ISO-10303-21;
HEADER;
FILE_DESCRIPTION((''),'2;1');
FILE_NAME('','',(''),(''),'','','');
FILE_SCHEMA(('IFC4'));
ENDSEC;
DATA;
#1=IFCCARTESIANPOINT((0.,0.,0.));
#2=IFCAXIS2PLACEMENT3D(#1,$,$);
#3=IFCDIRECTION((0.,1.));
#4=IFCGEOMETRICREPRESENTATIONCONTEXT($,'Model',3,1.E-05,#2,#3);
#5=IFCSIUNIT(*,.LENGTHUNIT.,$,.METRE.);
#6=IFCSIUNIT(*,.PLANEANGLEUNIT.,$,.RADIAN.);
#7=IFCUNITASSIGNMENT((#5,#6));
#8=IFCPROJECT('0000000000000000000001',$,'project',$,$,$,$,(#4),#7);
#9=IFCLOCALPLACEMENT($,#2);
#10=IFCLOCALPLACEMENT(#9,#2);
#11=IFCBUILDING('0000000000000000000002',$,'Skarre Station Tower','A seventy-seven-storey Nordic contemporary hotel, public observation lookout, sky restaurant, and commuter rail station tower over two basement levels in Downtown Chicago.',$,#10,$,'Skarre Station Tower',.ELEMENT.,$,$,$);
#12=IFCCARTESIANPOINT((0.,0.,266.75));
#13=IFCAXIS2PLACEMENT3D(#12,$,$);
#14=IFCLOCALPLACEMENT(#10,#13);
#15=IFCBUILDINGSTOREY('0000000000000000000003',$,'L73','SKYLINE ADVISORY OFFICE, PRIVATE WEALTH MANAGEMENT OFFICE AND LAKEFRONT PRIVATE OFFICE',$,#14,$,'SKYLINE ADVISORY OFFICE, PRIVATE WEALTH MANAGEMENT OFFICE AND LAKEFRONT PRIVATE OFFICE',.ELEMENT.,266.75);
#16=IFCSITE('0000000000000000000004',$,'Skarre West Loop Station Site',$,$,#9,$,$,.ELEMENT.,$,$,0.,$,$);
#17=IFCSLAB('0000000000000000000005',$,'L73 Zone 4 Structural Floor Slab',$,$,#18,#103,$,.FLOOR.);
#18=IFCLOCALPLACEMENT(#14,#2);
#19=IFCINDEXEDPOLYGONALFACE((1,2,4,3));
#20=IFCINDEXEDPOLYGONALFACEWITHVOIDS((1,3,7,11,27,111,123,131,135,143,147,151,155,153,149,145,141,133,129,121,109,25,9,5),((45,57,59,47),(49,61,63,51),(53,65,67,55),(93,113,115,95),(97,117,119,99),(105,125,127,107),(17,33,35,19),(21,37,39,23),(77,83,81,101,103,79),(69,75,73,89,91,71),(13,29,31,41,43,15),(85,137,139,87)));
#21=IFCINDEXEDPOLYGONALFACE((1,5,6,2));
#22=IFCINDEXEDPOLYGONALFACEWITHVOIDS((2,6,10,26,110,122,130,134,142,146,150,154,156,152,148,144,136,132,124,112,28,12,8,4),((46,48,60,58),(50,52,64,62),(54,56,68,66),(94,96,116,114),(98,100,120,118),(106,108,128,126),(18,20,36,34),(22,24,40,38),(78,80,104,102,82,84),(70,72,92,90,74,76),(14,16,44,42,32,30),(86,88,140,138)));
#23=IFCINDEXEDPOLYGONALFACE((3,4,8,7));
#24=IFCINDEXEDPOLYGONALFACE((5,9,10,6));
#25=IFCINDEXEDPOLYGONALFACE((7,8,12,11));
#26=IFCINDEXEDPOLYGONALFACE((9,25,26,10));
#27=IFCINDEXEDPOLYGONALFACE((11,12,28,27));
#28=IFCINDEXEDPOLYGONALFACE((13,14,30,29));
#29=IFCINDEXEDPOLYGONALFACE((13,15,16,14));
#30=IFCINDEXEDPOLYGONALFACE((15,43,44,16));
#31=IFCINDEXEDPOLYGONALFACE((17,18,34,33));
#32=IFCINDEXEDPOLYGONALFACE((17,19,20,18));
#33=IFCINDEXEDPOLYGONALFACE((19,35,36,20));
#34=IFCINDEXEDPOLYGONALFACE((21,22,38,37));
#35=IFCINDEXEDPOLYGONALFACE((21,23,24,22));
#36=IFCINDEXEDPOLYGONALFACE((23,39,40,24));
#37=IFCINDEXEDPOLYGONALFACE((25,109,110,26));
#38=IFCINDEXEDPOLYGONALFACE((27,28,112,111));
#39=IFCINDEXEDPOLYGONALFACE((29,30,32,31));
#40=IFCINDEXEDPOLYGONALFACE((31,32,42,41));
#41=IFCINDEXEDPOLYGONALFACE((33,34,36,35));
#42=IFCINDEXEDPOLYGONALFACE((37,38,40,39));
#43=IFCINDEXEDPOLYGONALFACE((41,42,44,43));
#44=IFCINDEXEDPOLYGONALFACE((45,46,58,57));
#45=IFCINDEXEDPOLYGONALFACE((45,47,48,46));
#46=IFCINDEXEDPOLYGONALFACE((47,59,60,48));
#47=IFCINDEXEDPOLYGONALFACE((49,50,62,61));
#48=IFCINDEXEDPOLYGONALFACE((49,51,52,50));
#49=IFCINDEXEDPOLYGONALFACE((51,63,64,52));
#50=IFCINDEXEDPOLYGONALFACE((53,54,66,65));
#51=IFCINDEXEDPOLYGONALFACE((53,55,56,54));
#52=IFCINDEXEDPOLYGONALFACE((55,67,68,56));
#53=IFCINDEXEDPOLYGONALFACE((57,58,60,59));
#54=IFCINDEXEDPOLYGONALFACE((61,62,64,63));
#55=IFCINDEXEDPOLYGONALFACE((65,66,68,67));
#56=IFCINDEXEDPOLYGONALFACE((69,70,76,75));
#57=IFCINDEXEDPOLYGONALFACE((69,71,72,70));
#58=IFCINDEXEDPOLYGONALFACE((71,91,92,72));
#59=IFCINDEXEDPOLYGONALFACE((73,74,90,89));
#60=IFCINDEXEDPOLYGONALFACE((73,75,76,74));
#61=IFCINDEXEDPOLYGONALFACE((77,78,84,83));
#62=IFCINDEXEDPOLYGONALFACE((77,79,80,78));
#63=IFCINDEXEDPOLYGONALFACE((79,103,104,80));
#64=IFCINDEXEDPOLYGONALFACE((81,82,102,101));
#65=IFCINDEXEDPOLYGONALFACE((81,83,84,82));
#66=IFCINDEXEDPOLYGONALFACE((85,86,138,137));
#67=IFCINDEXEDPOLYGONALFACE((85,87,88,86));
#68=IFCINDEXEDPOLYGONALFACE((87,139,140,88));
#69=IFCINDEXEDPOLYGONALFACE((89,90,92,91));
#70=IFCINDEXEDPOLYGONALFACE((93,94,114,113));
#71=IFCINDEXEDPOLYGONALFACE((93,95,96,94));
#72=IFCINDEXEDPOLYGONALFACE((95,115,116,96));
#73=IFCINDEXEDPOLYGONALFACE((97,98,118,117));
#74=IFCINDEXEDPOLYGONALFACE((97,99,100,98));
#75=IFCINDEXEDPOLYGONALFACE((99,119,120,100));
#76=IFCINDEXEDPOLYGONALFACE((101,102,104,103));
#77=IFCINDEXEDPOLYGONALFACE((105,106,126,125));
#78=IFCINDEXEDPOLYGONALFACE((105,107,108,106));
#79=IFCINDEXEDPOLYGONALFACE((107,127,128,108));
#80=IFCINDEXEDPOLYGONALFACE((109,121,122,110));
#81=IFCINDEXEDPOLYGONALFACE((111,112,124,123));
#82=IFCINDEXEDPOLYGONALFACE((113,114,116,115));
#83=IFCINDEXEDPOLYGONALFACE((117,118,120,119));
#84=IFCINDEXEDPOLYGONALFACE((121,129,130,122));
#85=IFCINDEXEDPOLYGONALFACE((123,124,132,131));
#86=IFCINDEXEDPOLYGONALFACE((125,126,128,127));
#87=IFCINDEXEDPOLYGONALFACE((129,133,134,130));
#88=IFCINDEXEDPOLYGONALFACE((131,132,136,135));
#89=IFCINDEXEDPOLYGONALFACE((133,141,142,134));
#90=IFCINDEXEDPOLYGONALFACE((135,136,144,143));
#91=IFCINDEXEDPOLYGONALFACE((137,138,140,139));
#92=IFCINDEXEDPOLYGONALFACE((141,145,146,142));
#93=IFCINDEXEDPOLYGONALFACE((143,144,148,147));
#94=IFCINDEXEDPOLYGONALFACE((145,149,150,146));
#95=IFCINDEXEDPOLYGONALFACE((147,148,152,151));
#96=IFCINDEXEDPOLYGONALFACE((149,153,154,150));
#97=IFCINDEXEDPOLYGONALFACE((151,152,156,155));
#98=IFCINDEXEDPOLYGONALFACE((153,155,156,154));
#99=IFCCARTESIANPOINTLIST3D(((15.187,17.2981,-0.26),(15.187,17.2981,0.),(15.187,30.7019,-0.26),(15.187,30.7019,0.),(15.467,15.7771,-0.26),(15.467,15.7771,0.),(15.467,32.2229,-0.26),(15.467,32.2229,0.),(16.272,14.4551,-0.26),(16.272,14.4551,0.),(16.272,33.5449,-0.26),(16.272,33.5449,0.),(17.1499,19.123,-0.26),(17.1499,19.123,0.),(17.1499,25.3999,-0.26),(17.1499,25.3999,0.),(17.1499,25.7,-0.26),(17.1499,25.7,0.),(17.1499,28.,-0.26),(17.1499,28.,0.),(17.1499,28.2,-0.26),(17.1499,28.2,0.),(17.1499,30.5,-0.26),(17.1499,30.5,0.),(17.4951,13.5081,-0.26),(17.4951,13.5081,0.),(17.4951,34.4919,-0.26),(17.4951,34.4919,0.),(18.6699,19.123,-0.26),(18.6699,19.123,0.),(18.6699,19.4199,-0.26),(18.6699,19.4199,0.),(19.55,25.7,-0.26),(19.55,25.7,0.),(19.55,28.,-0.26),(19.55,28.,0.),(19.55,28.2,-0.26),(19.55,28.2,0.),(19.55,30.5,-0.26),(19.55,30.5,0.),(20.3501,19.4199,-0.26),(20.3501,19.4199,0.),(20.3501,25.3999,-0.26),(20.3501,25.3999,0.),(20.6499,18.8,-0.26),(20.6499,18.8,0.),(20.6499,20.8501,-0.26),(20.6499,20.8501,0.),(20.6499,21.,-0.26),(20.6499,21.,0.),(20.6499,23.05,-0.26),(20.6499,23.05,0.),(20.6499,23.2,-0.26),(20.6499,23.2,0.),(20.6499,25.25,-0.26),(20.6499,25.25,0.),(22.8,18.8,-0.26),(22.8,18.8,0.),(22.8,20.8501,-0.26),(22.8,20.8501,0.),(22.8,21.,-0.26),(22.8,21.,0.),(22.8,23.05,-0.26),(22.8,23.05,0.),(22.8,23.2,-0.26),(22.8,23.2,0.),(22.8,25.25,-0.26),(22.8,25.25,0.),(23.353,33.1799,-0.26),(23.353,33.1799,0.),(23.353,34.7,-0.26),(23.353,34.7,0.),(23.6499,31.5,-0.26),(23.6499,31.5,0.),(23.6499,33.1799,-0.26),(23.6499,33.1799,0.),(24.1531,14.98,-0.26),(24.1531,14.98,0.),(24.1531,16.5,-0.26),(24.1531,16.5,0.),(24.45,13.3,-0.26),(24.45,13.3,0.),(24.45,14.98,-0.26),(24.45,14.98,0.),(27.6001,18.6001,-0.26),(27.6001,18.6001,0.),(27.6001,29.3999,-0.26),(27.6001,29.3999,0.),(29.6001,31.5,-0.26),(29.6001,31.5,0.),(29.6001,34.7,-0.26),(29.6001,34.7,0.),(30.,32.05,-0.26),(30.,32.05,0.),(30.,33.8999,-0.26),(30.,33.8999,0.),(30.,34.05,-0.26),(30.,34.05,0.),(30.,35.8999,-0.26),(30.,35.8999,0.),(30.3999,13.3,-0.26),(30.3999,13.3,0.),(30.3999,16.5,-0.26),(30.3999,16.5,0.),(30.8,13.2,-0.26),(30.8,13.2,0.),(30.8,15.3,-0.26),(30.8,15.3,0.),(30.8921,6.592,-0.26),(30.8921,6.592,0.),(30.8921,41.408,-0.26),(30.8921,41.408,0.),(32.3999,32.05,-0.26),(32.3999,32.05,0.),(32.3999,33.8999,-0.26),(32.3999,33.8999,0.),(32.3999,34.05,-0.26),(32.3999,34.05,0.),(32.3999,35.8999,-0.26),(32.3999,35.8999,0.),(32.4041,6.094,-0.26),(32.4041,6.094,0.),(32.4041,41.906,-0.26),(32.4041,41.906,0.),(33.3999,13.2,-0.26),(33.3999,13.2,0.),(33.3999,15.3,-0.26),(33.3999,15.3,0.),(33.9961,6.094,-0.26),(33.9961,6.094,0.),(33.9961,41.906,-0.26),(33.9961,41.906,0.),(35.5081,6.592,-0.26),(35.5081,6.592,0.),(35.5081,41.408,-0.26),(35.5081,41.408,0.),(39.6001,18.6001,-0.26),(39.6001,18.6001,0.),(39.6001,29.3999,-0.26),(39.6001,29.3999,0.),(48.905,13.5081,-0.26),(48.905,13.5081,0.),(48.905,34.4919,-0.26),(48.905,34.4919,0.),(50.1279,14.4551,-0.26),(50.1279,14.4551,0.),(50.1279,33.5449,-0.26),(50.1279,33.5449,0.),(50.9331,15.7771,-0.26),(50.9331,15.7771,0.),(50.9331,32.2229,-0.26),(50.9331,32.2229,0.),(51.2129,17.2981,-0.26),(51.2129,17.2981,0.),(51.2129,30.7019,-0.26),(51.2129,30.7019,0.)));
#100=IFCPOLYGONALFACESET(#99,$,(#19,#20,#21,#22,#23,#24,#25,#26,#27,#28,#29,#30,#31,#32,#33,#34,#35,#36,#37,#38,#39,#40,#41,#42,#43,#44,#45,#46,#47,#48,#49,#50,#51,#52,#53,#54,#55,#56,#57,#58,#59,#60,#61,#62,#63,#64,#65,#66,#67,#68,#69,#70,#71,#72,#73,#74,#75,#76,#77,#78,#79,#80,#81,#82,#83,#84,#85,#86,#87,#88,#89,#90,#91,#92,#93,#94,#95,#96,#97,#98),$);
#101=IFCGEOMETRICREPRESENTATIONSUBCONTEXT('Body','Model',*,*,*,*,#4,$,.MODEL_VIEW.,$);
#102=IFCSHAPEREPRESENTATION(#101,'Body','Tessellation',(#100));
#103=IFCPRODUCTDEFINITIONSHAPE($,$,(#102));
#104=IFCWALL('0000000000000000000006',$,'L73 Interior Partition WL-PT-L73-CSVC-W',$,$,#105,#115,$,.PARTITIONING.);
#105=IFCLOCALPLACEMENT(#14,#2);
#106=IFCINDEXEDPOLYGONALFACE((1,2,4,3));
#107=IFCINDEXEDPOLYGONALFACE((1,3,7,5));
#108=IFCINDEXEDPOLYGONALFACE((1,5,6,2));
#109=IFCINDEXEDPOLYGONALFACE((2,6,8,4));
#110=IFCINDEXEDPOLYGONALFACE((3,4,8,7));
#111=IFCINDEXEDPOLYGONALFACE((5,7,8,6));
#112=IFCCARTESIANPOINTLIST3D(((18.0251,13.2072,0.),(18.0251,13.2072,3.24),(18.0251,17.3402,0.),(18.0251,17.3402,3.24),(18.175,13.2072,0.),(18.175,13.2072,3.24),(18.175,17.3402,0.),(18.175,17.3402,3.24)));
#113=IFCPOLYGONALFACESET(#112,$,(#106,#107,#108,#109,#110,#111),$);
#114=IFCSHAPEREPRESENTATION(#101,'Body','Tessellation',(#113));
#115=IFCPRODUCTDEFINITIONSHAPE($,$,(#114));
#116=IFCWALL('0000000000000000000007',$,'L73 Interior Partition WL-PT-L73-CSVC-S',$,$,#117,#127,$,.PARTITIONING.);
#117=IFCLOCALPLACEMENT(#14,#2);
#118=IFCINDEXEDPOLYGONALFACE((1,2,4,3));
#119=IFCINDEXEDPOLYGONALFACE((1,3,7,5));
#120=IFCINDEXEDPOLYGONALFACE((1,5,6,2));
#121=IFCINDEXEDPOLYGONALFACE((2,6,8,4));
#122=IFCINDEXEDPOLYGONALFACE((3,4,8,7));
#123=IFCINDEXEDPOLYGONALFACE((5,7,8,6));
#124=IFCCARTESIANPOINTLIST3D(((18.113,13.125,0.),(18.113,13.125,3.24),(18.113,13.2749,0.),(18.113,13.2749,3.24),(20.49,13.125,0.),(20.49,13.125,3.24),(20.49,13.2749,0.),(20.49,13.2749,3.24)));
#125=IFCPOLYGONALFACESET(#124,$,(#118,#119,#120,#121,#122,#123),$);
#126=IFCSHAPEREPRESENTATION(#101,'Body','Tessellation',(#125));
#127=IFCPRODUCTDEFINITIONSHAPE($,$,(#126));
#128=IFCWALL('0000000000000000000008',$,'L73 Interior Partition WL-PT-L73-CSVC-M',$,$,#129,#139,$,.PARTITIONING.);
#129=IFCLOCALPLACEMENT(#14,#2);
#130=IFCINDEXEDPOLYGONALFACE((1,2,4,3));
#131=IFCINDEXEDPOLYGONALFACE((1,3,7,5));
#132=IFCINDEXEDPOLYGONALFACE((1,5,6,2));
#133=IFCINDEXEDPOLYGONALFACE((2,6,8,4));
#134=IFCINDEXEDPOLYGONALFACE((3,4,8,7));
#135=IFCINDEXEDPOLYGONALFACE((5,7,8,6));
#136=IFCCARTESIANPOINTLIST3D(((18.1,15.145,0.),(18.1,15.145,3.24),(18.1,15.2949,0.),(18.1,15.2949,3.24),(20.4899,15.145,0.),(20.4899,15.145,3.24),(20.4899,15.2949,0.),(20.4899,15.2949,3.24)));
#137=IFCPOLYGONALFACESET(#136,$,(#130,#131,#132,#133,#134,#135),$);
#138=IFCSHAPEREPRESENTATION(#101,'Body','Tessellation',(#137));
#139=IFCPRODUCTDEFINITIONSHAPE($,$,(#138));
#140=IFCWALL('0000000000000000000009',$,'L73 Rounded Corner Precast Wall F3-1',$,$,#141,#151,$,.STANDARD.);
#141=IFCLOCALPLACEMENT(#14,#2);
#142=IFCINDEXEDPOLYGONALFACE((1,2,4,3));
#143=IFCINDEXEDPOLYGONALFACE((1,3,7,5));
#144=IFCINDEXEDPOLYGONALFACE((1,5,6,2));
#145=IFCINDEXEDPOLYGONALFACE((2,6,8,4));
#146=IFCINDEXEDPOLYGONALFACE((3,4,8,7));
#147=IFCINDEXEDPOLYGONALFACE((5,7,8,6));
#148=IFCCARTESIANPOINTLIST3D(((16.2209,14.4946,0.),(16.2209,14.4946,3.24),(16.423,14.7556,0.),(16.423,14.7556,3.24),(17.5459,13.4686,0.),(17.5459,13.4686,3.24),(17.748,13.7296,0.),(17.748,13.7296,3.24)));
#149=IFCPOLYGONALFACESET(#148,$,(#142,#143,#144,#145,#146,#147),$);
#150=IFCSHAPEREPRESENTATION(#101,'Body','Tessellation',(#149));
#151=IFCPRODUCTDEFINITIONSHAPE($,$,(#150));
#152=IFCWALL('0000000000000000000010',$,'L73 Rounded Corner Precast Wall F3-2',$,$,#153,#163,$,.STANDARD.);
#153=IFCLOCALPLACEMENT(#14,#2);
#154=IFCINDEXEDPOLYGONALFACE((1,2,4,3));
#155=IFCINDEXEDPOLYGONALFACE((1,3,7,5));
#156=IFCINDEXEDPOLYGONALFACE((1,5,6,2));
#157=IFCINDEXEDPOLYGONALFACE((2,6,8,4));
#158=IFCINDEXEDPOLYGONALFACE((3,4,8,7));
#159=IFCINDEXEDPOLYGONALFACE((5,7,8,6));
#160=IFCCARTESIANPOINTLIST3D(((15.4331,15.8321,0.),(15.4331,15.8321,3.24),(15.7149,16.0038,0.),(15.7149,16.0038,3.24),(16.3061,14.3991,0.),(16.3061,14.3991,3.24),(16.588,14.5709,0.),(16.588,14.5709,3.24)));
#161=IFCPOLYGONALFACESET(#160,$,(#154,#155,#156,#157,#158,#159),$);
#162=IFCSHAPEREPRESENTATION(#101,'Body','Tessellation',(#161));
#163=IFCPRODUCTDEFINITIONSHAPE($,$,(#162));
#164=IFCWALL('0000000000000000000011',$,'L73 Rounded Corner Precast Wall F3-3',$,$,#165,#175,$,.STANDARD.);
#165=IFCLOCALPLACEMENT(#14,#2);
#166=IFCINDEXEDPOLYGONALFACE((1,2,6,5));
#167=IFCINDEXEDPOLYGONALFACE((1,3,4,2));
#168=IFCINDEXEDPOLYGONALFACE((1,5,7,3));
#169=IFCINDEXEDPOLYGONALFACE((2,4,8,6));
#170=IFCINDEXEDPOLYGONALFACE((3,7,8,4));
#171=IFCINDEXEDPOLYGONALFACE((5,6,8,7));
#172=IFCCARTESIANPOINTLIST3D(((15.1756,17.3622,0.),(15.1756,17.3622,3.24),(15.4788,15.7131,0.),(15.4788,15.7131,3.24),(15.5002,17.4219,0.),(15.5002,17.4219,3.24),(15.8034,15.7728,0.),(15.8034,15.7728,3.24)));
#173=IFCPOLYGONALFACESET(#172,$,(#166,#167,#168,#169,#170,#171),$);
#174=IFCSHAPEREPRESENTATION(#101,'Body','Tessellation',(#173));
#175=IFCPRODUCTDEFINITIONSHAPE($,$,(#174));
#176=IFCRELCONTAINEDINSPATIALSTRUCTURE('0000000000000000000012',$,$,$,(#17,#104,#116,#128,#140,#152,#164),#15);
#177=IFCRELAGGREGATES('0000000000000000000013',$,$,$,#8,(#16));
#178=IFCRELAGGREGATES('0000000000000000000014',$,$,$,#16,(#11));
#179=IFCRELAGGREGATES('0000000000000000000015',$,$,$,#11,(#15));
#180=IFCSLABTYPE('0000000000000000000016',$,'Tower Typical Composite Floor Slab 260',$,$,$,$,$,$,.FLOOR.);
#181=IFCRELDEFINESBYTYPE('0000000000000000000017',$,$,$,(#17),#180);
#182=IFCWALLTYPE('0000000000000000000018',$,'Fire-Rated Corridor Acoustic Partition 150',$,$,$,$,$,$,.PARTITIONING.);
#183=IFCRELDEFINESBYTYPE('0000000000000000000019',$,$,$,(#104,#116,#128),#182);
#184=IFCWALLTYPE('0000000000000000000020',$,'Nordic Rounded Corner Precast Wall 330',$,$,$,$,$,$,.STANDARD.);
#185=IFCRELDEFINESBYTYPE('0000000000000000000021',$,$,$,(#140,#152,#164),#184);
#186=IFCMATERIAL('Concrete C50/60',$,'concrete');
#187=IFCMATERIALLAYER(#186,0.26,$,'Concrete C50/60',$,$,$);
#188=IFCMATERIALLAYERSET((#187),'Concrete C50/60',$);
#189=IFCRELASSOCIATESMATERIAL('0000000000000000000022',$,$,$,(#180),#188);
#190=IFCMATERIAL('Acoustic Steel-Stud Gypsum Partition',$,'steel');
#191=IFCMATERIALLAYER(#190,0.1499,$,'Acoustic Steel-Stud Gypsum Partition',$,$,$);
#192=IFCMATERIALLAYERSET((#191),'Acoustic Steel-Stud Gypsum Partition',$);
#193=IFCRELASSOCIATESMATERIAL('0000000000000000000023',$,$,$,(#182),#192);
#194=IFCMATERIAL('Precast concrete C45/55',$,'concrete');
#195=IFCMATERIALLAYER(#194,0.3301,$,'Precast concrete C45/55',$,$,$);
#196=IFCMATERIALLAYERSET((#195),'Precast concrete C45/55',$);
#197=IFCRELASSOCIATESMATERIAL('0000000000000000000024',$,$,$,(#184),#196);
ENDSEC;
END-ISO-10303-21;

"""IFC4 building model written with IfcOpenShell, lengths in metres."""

from ifc_helpers import new_model, si_unit, direction, frame, frame_2d, origin, place, context, subcontext, project, spatial, polyline, rectangle, outline, extrude, material, layer, layer_set, type_object, element, save


model = new_model("IFC4")

# Units and contexts
model_context = context("Model", 3, precision=1e-05, world=origin(), true_north=direction((0.0, 1.0)))
body_context = subcontext(model_context, "Body", "Model", "MODEL_VIEW")
ifc_project = project(units=[si_unit("LENGTHUNIT", "METRE"), si_unit("PLANEANGLEUNIT", "RADIAN")], contexts=[model_context])

# Site, building, storey
site_placement = place(None, origin())
site = spatial("IfcSite", under=ifc_project, at=site_placement, Name="Skarre West Loop Station Site", CompositionType="ELEMENT", RefElevation=0.0)
building_placement = place(site_placement, origin())
building = spatial("IfcBuilding", under=site, at=building_placement, Name="Skarre Station Tower", Description="A seventy-seven-storey Nordic contemporary hotel, public observation lookout, sky restaurant, and commuter rail station tower over two basement levels in Downtown Chicago.", LongName="Skarre Station Tower", CompositionType="ELEMENT")
storey_placement = place(building_placement, frame((0.0, 0.0, 266.75)))
storey = spatial("IfcBuildingStorey", under=building, at=storey_placement, Name="L73", Description="SKYLINE ADVISORY OFFICE, PRIVATE WEALTH MANAGEMENT OFFICE AND LAKEFRONT PRIVATE OFFICE", LongName="SKYLINE ADVISORY OFFICE, PRIVATE WEALTH MANAGEMENT OFFICE AND LAKEFRONT PRIVATE OFFICE", CompositionType="ELEMENT", Elevation=266.75)

# Shared definitions
ifc_material_1 = material(Name="Concrete C50/60", Category="concrete")

# Slab
ifc_layer_1 = layer(ifc_material_1, 0.26, Name="Concrete C50/60")
ifc_layer_set_1 = layer_set([ifc_layer_1], Name="Concrete C50/60")
slab_type_1 = type_object("IfcSlabType", Name="Tower Typical Composite Floor Slab 260", PredefinedType="FLOOR", material=ifc_layer_set_1)
slab_1_placement = place(storey_placement, frame((0.0, 0.0, -0.26)))
element("IfcSlab", 1, at=slab_1_placement, inside=storey, type_object=slab_type_1, Name="L73 Zone 4 Structural Floor Slab", PredefinedType="FLOOR", context=body_context, shape_type="SweptSolid", body=[
    extrude(outline(polyline([(51.2129, 30.7019), (50.9331, 32.2229), (50.1279, 33.5449), (48.905, 34.4919), (35.5081, 41.408), (33.9961, 41.906), (32.4041, 41.906), (30.8921, 41.408), (17.4951, 34.4919), (16.272, 33.5449), (15.467, 32.2229), (15.187, 30.7019), (15.187, 17.2981), (15.467, 15.7771), (16.272, 14.4551), (17.4951, 13.5081), (30.8921, 6.592), (32.4041, 6.094), (33.9961, 6.094), (35.5081, 6.592), (48.905, 13.5081), (50.1279, 14.4551), (50.9331, 15.7771), (51.2129, 17.2981), (51.2129, 30.7019)]), holes=[polyline([(18.6699, 19.4199), (18.6699, 19.123), (17.1499, 19.123), (17.1499, 25.3999), (20.3501, 25.3999), (20.3501, 19.4199), (18.6699, 19.4199)]), polyline([(24.45, 14.98), (24.1531, 14.98), (24.1531, 16.5), (30.3999, 16.5), (30.3999, 13.3), (24.45, 13.3), (24.45, 14.98)]), polyline([(23.6499, 33.1799), (23.353, 33.1799), (23.353, 34.7), (29.6001, 34.7), (29.6001, 31.5), (23.6499, 31.5), (23.6499, 33.1799)]), polyline([(17.1499, 28.0), (19.55, 28.0), (19.55, 25.7), (17.1499, 25.7), (17.1499, 28.0)]), polyline([(17.1499, 30.5), (19.55, 30.5), (19.55, 28.2), (17.1499, 28.2), (17.1499, 30.5)]), polyline([(30.8, 15.3), (33.3999, 15.3), (33.3999, 13.2), (30.8, 13.2), (30.8, 15.3)]), polyline([(20.6499, 20.8501), (22.8, 20.8501), (22.8, 18.8), (20.6499, 18.8), (20.6499, 20.8501)]), polyline([(20.6499, 23.05), (22.8, 23.05), (22.8, 21.0), (20.6499, 21.0), (20.6499, 23.05)]), polyline([(20.6499, 25.25), (22.8, 25.25), (22.8, 23.2), (20.6499, 23.2), (20.6499, 25.25)]), polyline([(30.0, 33.8999), (32.3999, 33.8999), (32.3999, 32.05), (30.0, 32.05), (30.0, 33.8999)]), polyline([(30.0, 35.8999), (32.3999, 35.8999), (32.3999, 34.05), (30.0, 34.05), (30.0, 35.8999)]), polyline([(27.6001, 29.3999), (39.6001, 29.3999), (39.6001, 18.6001), (27.6001, 18.6001), (27.6001, 29.3999)])]), origin(), (0.0, 0.0, 1.0), 0.26),
])

# Walls
ifc_material_2 = material(Name="Acoustic Steel-Stud Gypsum Partition", Category="steel")
ifc_layer_2 = layer(ifc_material_2, 0.1499, Name="Acoustic Steel-Stud Gypsum Partition")
ifc_layer_set_2 = layer_set([ifc_layer_2], Name="Acoustic Steel-Stud Gypsum Partition")
wall_type_1 = type_object("IfcWallType", Name="Fire-Rated Corridor Acoustic Partition 150", PredefinedType="PARTITIONING", material=ifc_layer_set_2)
wall_1_placement = place(storey_placement, frame((18.1001, 17.3401, 0.0), z_axis=(0.0, 0.0, 1.0), x_axis=(0.0, -1.0, 0.0)))
element("IfcWall", 2, at=wall_1_placement, inside=storey, type_object=wall_type_1, Name="L73 Interior Partition WL-PT-L73-CSVC-W", PredefinedType="PARTITIONING", context=body_context, shape_type="SweptSolid", body=[
    extrude(rectangle(XDim=4.1331, YDim=0.1499, at=frame_2d((2.0664, 0.0))), origin(), (0.0, 0.0, 1.0), 3.24),
])
wall_2_placement = place(storey_placement, frame((18.113, 13.2, 0.0), z_axis=(0.0, 0.0, 1.0), x_axis=(1.0, 0.0, 0.0)))
element("IfcWall", 3, at=wall_2_placement, inside=storey, type_object=wall_type_1, Name="L73 Interior Partition WL-PT-L73-CSVC-S", PredefinedType="PARTITIONING", context=body_context, shape_type="SweptSolid", body=[
    extrude(rectangle(XDim=2.377, YDim=0.1499, at=frame_2d((1.1885, 0.0))), origin(), (0.0, 0.0, 1.0), 3.24),
])
wall_3_placement = place(storey_placement, frame((18.1001, 15.22, 0.0), z_axis=(0.0, 0.0, 1.0), x_axis=(1.0, 0.0, 0.0)))
element("IfcWall", 4, at=wall_3_placement, inside=storey, type_object=wall_type_1, Name="L73 Interior Partition WL-PT-L73-CSVC-M", PredefinedType="PARTITIONING", context=body_context, shape_type="SweptSolid", body=[
    extrude(rectangle(XDim=2.3899, YDim=0.1499, at=frame_2d((1.1948, 0.0))), origin(), (0.0, 0.0, 1.0), 3.24),
])
ifc_material_3 = material(Name="Precast concrete C45/55", Category="concrete")
ifc_layer_3 = layer(ifc_material_3, 0.3301, Name="Precast concrete C45/55")
ifc_layer_set_3 = layer_set([ifc_layer_3], Name="Precast concrete C45/55")
wall_type_2 = type_object("IfcWallType", Name="Nordic Rounded Corner Precast Wall 330", PredefinedType="STANDARD", material=ifc_layer_set_3)
wall_4_placement = place(storey_placement, frame((17.647, 13.5991, 0.0), z_axis=(0.0, 0.0, 1.0), x_axis=(-0.790692, 0.612214, 0.0)))
element("IfcWall", 5, at=wall_4_placement, inside=storey, type_object=wall_type_2, Name="L73 Rounded Corner Precast Wall F3-1", PredefinedType="STANDARD", context=body_context, shape_type="SweptSolid", body=[
    extrude(rectangle(XDim=1.6758, YDim=0.3301, at=frame_2d((0.8379, 0.0))), origin(), (0.0, 0.0, 1.0), 3.24),
])
wall_5_placement = place(storey_placement, frame((16.447, 14.4851, 0.0), z_axis=(0.0, 0.0, 1.0), x_axis=(-0.520325, 0.853968, 0.0)))
element("IfcWall", 6, at=wall_5_placement, inside=storey, type_object=wall_type_2, Name="L73 Rounded Corner Precast Wall F3-2", PredefinedType="STANDARD", context=body_context, shape_type="SweptSolid", body=[
    extrude(rectangle(XDim=1.678, YDim=0.3301, at=frame_2d((0.8389, 0.0))), origin(), (0.0, 0.0, 1.0), 3.24),
])
wall_6_placement = place(storey_placement, frame((15.6411, 15.7429, 0.0), z_axis=(0.0, 0.0, 1.0), x_axis=(-0.180833, 0.983514, 0.0)))
element("IfcWall", 7, at=wall_6_placement, inside=storey, type_object=wall_type_2, Name="L73 Rounded Corner Precast Wall F3-3", PredefinedType="STANDARD", context=body_context, shape_type="SweptSolid", body=[
    extrude(rectangle(XDim=1.6768, YDim=0.3301, at=frame_2d((0.8384, 0.0))), origin(), (0.0, 0.0, 1.0), 3.24),
])

save(model, "model.ifc")
